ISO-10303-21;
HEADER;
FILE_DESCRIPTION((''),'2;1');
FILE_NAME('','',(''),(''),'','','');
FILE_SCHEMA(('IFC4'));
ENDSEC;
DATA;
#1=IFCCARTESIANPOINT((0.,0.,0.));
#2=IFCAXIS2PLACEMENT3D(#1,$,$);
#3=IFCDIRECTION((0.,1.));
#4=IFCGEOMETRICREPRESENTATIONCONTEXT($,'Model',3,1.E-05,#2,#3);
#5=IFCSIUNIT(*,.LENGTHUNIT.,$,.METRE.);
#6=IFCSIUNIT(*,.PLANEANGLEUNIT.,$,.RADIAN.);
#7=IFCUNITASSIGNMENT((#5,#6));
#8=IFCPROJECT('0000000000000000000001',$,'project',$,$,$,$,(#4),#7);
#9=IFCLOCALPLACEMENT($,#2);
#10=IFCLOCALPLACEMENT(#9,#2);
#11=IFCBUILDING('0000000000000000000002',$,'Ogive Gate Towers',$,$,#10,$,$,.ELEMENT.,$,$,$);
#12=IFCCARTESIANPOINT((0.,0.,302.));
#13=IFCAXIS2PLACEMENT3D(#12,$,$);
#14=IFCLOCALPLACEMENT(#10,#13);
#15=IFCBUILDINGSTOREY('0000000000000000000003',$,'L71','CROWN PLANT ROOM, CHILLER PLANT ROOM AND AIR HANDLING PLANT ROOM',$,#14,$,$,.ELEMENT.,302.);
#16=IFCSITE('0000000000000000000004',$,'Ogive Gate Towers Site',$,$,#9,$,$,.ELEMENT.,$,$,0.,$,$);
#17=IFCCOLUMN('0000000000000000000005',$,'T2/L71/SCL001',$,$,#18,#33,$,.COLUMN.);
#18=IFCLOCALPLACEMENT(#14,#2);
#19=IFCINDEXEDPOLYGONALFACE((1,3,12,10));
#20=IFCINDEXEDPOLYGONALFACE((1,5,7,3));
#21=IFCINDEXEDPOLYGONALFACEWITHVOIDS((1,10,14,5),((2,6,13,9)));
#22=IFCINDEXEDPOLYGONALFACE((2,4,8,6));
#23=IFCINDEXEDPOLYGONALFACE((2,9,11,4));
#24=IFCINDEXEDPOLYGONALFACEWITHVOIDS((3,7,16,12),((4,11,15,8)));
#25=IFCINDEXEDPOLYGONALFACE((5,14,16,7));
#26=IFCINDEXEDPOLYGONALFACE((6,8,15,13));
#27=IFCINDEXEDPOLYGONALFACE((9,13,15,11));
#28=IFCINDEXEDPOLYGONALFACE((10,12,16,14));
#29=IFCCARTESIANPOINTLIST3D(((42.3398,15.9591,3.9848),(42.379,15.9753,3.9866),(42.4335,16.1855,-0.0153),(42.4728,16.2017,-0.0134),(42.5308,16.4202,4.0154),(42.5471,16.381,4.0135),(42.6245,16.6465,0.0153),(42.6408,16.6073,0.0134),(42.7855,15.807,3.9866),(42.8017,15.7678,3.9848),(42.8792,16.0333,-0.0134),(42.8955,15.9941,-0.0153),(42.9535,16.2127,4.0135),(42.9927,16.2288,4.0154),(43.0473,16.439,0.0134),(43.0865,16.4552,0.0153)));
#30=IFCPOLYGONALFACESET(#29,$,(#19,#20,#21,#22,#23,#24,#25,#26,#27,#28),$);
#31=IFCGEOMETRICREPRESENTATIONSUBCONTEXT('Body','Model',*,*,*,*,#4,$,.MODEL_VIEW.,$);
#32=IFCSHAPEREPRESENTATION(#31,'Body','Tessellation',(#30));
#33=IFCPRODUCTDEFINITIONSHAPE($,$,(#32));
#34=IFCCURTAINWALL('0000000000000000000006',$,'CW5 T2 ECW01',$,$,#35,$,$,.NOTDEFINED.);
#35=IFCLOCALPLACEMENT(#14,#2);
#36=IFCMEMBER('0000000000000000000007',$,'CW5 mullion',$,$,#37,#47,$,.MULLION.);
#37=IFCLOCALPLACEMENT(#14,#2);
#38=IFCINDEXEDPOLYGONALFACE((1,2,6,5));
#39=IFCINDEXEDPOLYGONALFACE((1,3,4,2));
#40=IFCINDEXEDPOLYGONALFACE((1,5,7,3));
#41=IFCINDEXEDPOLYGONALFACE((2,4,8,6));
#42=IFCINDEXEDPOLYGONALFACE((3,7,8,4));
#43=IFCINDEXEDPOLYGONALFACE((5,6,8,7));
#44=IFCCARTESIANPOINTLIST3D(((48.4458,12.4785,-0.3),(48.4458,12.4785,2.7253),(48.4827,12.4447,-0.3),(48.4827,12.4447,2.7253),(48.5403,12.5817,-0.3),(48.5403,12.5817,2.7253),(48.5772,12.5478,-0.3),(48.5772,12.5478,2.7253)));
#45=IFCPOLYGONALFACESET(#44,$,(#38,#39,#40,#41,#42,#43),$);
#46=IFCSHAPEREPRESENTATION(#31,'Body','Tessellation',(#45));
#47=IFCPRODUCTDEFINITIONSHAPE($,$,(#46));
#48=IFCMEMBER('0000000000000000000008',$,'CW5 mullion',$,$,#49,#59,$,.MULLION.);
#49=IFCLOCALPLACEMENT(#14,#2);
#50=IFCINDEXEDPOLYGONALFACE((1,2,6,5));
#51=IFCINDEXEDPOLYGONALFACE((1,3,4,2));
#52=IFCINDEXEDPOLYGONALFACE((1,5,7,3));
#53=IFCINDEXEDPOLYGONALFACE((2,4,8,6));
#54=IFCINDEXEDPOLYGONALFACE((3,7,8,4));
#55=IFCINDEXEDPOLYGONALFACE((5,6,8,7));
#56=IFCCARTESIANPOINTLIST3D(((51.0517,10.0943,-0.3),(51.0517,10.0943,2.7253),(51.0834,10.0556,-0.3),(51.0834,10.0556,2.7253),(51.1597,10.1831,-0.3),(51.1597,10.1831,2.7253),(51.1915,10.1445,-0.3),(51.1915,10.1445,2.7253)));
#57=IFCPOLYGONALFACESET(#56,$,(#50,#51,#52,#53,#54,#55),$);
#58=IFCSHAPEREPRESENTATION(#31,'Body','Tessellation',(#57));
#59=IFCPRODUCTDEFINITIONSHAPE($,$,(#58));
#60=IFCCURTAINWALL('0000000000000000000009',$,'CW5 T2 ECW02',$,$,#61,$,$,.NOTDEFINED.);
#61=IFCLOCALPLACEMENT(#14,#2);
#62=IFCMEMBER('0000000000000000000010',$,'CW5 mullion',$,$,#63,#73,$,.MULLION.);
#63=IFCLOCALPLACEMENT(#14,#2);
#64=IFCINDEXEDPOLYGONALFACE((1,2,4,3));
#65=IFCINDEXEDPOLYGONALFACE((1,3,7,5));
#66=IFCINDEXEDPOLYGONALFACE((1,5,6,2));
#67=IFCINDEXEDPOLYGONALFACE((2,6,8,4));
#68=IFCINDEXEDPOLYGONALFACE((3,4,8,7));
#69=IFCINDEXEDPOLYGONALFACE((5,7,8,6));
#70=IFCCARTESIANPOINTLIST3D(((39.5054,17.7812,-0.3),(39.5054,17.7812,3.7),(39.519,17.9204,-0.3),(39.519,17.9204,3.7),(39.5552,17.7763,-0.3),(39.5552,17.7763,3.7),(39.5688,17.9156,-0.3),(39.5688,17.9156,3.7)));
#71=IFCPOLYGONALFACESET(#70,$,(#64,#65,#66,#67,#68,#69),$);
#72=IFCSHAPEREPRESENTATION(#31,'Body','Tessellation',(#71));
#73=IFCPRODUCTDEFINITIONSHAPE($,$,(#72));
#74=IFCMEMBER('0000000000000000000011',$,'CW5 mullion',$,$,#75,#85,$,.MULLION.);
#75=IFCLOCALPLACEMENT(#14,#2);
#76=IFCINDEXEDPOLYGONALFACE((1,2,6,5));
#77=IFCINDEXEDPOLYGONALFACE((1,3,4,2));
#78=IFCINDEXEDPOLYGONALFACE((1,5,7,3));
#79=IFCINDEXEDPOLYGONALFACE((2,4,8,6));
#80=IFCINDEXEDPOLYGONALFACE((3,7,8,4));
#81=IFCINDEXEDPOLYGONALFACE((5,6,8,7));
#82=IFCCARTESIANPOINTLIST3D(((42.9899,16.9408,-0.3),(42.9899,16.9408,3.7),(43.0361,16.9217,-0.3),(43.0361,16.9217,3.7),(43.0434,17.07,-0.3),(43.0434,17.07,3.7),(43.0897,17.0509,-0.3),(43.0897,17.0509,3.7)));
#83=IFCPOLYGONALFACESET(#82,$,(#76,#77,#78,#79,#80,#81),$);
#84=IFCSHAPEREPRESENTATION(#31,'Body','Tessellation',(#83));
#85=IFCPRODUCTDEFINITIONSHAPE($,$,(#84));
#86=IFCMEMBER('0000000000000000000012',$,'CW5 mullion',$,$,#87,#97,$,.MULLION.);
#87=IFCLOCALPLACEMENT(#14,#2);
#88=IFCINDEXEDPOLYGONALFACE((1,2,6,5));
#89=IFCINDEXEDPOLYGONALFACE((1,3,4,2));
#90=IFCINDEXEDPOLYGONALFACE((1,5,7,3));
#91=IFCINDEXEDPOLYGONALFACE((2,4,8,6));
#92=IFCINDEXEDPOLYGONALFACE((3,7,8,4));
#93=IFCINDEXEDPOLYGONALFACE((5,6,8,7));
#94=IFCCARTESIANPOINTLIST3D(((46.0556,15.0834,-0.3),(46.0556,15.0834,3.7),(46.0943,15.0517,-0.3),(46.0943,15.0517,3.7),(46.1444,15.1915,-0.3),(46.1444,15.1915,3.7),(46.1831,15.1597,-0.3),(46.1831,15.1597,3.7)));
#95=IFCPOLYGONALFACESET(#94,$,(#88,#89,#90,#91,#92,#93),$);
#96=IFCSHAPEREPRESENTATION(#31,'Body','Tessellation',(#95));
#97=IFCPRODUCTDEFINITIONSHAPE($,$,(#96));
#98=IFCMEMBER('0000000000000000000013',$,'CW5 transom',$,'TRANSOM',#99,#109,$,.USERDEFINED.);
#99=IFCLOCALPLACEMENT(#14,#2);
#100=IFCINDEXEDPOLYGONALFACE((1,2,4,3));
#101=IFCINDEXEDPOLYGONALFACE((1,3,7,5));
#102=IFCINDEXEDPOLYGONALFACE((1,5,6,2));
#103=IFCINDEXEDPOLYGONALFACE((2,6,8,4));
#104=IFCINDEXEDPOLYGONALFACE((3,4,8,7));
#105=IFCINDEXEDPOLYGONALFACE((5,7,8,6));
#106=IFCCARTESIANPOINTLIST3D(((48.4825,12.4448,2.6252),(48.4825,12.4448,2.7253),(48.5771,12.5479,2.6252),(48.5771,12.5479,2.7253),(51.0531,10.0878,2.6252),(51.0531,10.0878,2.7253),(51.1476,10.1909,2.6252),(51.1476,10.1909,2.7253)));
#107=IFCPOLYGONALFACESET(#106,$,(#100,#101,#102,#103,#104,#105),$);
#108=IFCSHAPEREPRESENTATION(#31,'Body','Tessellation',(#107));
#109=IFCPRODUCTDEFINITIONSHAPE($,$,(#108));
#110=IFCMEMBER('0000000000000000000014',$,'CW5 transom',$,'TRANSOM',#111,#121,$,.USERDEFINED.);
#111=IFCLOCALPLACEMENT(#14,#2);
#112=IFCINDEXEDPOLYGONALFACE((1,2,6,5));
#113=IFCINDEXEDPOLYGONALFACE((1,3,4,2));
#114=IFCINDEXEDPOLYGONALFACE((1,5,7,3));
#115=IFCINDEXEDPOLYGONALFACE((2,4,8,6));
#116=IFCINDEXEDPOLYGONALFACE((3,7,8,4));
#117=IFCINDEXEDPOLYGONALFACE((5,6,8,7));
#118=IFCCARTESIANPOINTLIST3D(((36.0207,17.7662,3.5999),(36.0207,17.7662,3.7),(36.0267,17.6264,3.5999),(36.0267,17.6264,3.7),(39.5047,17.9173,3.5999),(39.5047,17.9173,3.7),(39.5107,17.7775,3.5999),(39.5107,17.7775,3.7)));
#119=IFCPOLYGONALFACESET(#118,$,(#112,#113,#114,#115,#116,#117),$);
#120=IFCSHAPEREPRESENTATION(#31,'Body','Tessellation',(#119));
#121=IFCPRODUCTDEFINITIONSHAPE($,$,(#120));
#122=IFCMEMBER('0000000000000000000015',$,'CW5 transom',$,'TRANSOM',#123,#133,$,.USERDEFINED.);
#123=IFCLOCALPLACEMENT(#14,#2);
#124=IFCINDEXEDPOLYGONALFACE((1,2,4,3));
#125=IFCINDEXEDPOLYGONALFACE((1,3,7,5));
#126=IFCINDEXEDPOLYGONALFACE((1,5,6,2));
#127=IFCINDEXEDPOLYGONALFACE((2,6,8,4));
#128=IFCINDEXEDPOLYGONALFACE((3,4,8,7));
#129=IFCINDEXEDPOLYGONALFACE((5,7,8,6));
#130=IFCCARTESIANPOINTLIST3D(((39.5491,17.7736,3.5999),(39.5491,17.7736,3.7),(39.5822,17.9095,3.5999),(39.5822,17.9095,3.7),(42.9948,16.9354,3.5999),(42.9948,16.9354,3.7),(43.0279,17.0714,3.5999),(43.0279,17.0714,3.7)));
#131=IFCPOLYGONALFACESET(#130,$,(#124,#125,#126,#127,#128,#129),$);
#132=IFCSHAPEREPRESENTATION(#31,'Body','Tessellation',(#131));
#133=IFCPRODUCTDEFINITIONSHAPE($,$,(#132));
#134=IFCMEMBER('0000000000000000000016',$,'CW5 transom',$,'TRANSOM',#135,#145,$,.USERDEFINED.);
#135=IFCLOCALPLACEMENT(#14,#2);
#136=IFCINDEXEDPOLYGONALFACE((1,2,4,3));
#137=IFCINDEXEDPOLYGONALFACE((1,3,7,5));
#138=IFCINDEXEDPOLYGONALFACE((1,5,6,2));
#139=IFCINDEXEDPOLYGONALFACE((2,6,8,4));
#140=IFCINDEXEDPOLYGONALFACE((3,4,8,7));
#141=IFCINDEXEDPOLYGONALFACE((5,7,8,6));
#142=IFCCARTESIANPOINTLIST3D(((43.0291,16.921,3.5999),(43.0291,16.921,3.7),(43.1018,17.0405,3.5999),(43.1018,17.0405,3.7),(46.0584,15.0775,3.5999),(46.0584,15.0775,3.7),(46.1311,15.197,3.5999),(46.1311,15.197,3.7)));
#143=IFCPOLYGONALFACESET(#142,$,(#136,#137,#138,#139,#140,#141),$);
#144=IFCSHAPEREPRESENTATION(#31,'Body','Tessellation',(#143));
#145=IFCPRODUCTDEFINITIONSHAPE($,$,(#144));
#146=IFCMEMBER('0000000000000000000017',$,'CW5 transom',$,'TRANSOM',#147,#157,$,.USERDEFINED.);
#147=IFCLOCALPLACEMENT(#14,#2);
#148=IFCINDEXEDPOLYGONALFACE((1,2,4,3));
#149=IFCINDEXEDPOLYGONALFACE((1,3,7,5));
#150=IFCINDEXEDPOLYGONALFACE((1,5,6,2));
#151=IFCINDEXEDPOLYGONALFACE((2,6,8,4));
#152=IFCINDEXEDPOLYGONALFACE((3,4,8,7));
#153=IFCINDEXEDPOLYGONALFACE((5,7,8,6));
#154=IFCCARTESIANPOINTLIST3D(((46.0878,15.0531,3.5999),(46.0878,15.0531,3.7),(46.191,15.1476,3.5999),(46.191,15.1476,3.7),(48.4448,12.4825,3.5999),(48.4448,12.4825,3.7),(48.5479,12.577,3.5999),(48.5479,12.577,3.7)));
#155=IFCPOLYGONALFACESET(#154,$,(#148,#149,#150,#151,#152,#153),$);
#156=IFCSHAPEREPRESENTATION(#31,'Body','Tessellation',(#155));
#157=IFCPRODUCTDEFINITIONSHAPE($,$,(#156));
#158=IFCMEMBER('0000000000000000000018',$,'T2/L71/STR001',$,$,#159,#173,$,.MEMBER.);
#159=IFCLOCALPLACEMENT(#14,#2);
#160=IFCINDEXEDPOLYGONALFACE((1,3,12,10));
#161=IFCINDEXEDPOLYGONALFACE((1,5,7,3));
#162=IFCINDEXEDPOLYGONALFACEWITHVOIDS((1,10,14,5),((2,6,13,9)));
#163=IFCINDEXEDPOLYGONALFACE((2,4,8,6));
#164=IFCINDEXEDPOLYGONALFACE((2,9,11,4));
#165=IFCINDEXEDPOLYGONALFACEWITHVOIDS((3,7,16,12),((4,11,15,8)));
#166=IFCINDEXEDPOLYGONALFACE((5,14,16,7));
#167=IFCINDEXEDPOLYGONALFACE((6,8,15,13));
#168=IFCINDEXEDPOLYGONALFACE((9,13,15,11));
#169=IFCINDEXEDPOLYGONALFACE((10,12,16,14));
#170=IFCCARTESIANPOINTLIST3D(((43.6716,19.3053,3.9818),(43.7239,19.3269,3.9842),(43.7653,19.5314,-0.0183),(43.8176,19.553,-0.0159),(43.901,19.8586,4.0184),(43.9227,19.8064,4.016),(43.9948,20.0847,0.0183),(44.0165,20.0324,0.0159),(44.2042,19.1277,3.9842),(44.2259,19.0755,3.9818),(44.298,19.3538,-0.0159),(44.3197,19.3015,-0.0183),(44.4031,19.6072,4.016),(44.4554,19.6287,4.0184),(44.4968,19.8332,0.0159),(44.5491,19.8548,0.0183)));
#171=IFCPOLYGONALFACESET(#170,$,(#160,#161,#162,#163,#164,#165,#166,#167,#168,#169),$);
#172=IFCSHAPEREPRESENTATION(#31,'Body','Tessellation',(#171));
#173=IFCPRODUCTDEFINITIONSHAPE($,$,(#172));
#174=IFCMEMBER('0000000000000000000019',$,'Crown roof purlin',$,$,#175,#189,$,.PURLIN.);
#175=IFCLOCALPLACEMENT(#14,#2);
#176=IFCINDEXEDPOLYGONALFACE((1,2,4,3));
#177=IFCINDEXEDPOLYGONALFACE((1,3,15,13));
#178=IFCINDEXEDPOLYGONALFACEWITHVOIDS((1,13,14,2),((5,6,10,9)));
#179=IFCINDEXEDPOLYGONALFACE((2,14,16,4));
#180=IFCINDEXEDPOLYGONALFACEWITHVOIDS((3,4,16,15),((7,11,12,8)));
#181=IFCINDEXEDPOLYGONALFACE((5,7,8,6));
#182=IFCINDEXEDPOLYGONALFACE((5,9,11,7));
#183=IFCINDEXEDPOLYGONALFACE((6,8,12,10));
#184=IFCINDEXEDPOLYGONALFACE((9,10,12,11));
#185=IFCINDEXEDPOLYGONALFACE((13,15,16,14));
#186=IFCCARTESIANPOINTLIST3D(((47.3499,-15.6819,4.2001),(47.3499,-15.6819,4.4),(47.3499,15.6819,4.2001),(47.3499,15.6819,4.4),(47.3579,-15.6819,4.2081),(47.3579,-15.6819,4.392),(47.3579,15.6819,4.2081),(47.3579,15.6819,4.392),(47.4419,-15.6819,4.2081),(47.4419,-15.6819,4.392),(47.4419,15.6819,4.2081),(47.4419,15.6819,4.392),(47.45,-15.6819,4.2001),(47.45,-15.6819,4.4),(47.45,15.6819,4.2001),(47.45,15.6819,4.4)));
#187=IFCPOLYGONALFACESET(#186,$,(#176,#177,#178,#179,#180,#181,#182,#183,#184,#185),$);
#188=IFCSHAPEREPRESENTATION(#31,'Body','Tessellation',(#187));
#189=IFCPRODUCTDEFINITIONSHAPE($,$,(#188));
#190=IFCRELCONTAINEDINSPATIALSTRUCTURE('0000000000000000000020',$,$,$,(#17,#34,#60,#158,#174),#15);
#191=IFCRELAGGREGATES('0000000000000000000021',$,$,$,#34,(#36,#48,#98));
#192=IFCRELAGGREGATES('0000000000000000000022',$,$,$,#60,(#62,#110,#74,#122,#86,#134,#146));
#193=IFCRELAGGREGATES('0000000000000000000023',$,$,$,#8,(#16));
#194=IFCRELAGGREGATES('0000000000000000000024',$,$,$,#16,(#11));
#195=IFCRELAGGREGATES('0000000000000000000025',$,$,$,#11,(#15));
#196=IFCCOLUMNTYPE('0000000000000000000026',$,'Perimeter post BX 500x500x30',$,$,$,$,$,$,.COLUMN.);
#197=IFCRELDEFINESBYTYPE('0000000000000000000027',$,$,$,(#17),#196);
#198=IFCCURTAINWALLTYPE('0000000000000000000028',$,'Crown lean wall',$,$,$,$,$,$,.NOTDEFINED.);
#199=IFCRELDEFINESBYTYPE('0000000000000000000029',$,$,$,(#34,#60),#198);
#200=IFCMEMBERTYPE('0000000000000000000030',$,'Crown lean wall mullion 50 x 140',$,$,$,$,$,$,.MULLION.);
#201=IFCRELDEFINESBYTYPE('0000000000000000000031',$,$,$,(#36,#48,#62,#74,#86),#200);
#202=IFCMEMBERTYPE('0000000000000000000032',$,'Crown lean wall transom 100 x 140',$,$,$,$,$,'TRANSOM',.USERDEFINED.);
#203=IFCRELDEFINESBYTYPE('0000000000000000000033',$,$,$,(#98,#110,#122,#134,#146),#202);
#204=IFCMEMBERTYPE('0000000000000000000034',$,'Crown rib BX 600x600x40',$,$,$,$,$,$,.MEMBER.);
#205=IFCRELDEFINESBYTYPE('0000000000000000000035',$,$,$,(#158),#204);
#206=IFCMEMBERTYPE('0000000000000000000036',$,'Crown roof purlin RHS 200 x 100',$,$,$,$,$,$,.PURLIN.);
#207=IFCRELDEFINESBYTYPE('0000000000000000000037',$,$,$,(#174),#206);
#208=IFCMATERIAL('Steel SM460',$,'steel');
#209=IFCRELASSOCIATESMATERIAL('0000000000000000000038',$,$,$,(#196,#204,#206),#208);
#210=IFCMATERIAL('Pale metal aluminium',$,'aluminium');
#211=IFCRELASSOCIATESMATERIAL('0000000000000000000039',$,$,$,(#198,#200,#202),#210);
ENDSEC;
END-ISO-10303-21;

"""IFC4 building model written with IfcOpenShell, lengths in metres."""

from ifc_helpers import new_model, si_unit, direction, frame, origin, origin_2d, place, context, subcontext, project, spatial, rectangle, hollow_rectangle, extrude, material, material_profile, profile_set, type_object, element, aggregate, save


model = new_model("IFC4")

# Units and contexts
model_context = context("Model", 3, precision=1e-05, world=origin(), true_north=direction((0.0, 1.0)))
body_context = subcontext(model_context, "Body", "Model", "MODEL_VIEW")
ifc_project = project(units=[si_unit("LENGTHUNIT", "METRE"), si_unit("PLANEANGLEUNIT", "RADIAN")], contexts=[model_context])

# Site, building, storey
site_placement = place(None, origin())
site = spatial("IfcSite", under=ifc_project, at=site_placement, Name="Ogive Gate Towers Site", CompositionType="ELEMENT", RefElevation=0.0)
building_placement = place(site_placement, origin())
building = spatial("IfcBuilding", under=site, at=building_placement, Name="Ogive Gate Towers", CompositionType="ELEMENT")
storey_placement = place(building_placement, frame((0.0, 0.0, 302.0)))
storey = spatial("IfcBuildingStorey", under=building, at=storey_placement, Name="L71", Description="CROWN PLANT ROOM, CHILLER PLANT ROOM AND AIR HANDLING PLANT ROOM", CompositionType="ELEMENT", Elevation=302.0)

# Column
ifc_material_1 = material(Name="Steel SM460", Category="steel")
ifc_material_profile_1 = material_profile(ifc_material_1, hollow_rectangle(XDim=0.5, YDim=0.5, WallThickness=0.03, at=origin_2d()), Name="BX 500x500x30")
ifc_profile_set_1 = profile_set([ifc_material_profile_1], Name="Steel SM460")
column_type = type_object("IfcColumnType", Name="Perimeter post BX 500x500x30", PredefinedType="COLUMN", material=ifc_profile_set_1)
column_placement = place(storey_placement, frame((42.76, 16.3203, 0.0), z_axis=(-0.023394, -0.056474, 0.99813), x_axis=(0.923871, -0.382704, 0.0)))
element("IfcColumn", 1, at=column_placement, inside=storey, type_object=column_type, Name="T2/L71/SCL001", PredefinedType="COLUMN", context=body_context, shape_type="SweptSolid", body=[
    extrude(hollow_rectangle(XDim=0.5, YDim=0.5, WallThickness=0.03, at=origin_2d()), origin(), (0.0, 0.0, 1.0), 4.0076),
])

# Curtain walls, members
ifc_material_2 = material(Name="Pale metal aluminium", Category="aluminium")
curtain_wall_type = type_object("IfcCurtainWallType", Name="Crown lean wall", PredefinedType="NOTDEFINED", material=ifc_material_2)
curtain_wall_1_placement = place(storey_placement, origin())
curtain_wall_1 = element("IfcCurtainWall", 2, at=curtain_wall_1_placement, inside=storey, type_object=curtain_wall_type, Name="CW5 T2 ECW01", PredefinedType="NOTDEFINED")
ifc_material_profile_2 = material_profile(ifc_material_2, rectangle(XDim=0.1399, YDim=0.05, at=origin_2d()), Name="50 x 140 aluminium box")
ifc_profile_set_2 = profile_set([ifc_material_profile_2], Name="Pale metal aluminium")
member_type_1 = type_object("IfcMemberType", Name="Crown lean wall mullion 50 x 140", PredefinedType="MULLION", material=ifc_profile_set_2)
member_1_placement = place(storey_placement, frame((48.5115, 12.5132, -0.3), z_axis=(0.0, 0.0, 1.0), x_axis=(-0.675796, -0.737089, 0.0)))
member_1 = element("IfcMember", 3, at=member_1_placement, type_object=member_type_1, Name="CW5 mullion", PredefinedType="MULLION", context=body_context, shape_type="SweptSolid", body=[
    extrude(rectangle(XDim=0.1399, YDim=0.05, at=origin_2d()), origin(), (0.0, 0.0, 1.0), 3.0254),
])
member_2_placement = place(storey_placement, frame((51.1216, 10.1194, -0.3), z_axis=(0.0, 0.0, 1.0), x_axis=(-0.772678, -0.634798, 0.0)))
member_2 = element("IfcMember", 4, at=member_2_placement, type_object=member_type_1, Name="CW5 mullion", PredefinedType="MULLION", context=body_context, shape_type="SweptSolid", body=[
    extrude(rectangle(XDim=0.1399, YDim=0.05, at=origin_2d()), origin(), (0.0, 0.0, 1.0), 3.0254),
])
curtain_wall_2_placement = place(storey_placement, origin())
curtain_wall_2 = element("IfcCurtainWall", 5, at=curtain_wall_2_placement, inside=storey, type_object=curtain_wall_type, Name="CW5 T2 ECW02", PredefinedType="NOTDEFINED")
member_3_placement = place(storey_placement, frame((39.5371, 17.8484, -0.3), z_axis=(0.0, 0.0, 1.0), x_axis=(-0.097513, -0.995234, 0.0)))
member_3 = element("IfcMember", 6, at=member_3_placement, type_object=member_type_1, Name="CW5 mullion", PredefinedType="MULLION", context=body_context, shape_type="SweptSolid", body=[
    extrude(rectangle(XDim=0.1399, YDim=0.05, at=origin_2d()), origin(), (0.0, 0.0, 1.0), 4.0),
])
member_4_placement = place(storey_placement, frame((43.0398, 16.9958, -0.3), z_axis=(0.0, 0.0, 1.0), x_axis=(-0.382683, -0.92388, 0.0)))
member_4 = element("IfcMember", 7, at=member_4_placement, type_object=member_type_1, Name="CW5 mullion", PredefinedType="MULLION", context=body_context, shape_type="SweptSolid", body=[
    extrude(rectangle(XDim=0.1399, YDim=0.05, at=origin_2d()), origin(), (0.0, 0.0, 1.0), 4.0),
])
member_5_placement = place(storey_placement, frame((46.1194, 15.1216, -0.3), z_axis=(0.0, 0.0, 1.0), x_axis=(-0.634784, -0.772689, 0.0)))
member_5 = element("IfcMember", 8, at=member_5_placement, type_object=member_type_1, Name="CW5 mullion", PredefinedType="MULLION", context=body_context, shape_type="SweptSolid", body=[
    extrude(rectangle(XDim=0.1399, YDim=0.05, at=origin_2d()), origin(), (0.0, 0.0, 1.0), 4.0),
])

# Members
ifc_material_profile_3 = material_profile(ifc_material_2, rectangle(XDim=0.1399, YDim=0.1001, at=origin_2d()), Name="100 x 140 aluminium box")
ifc_profile_set_3 = profile_set([ifc_material_profile_3], Name="Pale metal aluminium")
member_type_2 = type_object("IfcMemberType", Name="Crown lean wall transom 100 x 140", ElementType="TRANSOM", PredefinedType="USERDEFINED", material=ifc_profile_set_3)
member_6_placement = place(storey_placement, frame((48.5298, 12.4963, 2.6753), z_axis=(0.73707, -0.675817, 0.0), x_axis=(0.675817, 0.73707, 0.0)))
member_6 = element("IfcMember", 9, at=member_6_placement, type_object=member_type_2, Name="CW5 transom", ObjectType="TRANSOM", PredefinedType="USERDEFINED", context=body_context, shape_type="SweptSolid", body=[
    extrude(rectangle(XDim=0.1399, YDim=0.1001, at=origin_2d()), origin(), (0.0, 0.0, 1.0), 3.4875),
])
member_7_placement = place(storey_placement, frame((36.0237, 17.6963, 3.6499), z_axis=(0.999061, 0.043334, 0.0), x_axis=(-0.043334, 0.999061, 0.0)))
member_7 = element("IfcMember", 10, at=member_7_placement, type_object=member_type_2, Name="CW5 transom", ObjectType="TRANSOM", PredefinedType="USERDEFINED", context=body_context, shape_type="SweptSolid", body=[
    extrude(rectangle(XDim=0.1399, YDim=0.1001, at=origin_2d()), origin(), (0.0, 0.0, 1.0), 3.4873),
])
member_8_placement = place(storey_placement, frame((39.5657, 17.8416, 3.6499), z_axis=(0.971666, -0.236359, 0.0), x_axis=(0.236359, 0.971666, 0.0)))
member_8 = element("IfcMember", 11, at=member_8_placement, type_object=member_type_2, Name="CW5 transom", ObjectType="TRANSOM", PredefinedType="USERDEFINED", context=body_context, shape_type="SweptSolid", body=[
    extrude(rectangle(XDim=0.1399, YDim=0.1001, at=origin_2d()), origin(), (0.0, 0.0, 1.0), 3.5461),
])
member_9_placement = place(storey_placement, frame((43.0654, 16.9807, 3.6499), z_axis=(0.85425, -0.519862, 0.0), x_axis=(0.519862, 0.85425, 0.0)))
member_9 = element("IfcMember", 12, at=member_9_placement, type_object=member_type_2, Name="CW5 transom", ObjectType="TRANSOM", PredefinedType="USERDEFINED", context=body_context, shape_type="SweptSolid", body=[
    extrude(rectangle(XDim=0.1399, YDim=0.1001, at=origin_2d()), origin(), (0.0, 0.0, 1.0), 3.5461),
])
member_10_placement = place(storey_placement, frame((46.1394, 15.1003, 3.6499), z_axis=(0.675817, -0.73707, 0.0), x_axis=(0.73707, 0.675817, 0.0)))
member_10 = element("IfcMember", 13, at=member_10_placement, type_object=member_type_2, Name="CW5 transom", ObjectType="TRANSOM", PredefinedType="USERDEFINED", context=body_context, shape_type="SweptSolid", body=[
    extrude(rectangle(XDim=0.1399, YDim=0.1001, at=origin_2d()), origin(), (0.0, 0.0, 1.0), 3.4875),
])

# Members
ifc_material_profile_4 = material_profile(ifc_material_1, hollow_rectangle(XDim=0.6001, YDim=0.6001, WallThickness=0.04, at=origin_2d()), Name="BX 600x600x40")
ifc_profile_set_4 = profile_set([ifc_material_profile_4], Name="Steel SM460")
member_type_3 = type_object("IfcMemberType", Name="Crown rib BX 600x600x40", PredefinedType="MEMBER", material=ifc_profile_set_4)
member_11_placement = place(storey_placement, frame((44.1572, 19.6931, 0.0), z_axis=(-0.023394, -0.056413, 0.998133), x_axis=(0.923725, -0.383057, 0.0)))
element("IfcMember", 14, at=member_11_placement, inside=storey, type_object=member_type_3, Name="T2/L71/STR001", PredefinedType="MEMBER", context=body_context, shape_type="SweptSolid", body=[
    extrude(hollow_rectangle(XDim=0.6001, YDim=0.6001, WallThickness=0.04, at=origin_2d()), origin(), (0.0, 0.0, 1.0), 4.0076),
])
ifc_material_profile_5 = material_profile(ifc_material_1, hollow_rectangle(XDim=0.1001, YDim=0.2, WallThickness=0.0081, at=origin_2d()), Name="RHS 200x100x8")
ifc_profile_set_5 = profile_set([ifc_material_profile_5], Name="Steel SM460")
member_type_4 = type_object("IfcMemberType", Name="Crown roof purlin RHS 200 x 100", PredefinedType="PURLIN", material=ifc_profile_set_5)
member_12_placement = place(storey_placement, frame((47.3999, 15.6819, 4.3), z_axis=(0.0, -1.0, 0.0), x_axis=(1.0, 0.0, 0.0)))
element("IfcMember", 15, at=member_12_placement, inside=storey, type_object=member_type_4, Name="Crown roof purlin", PredefinedType="PURLIN", context=body_context, shape_type="SweptSolid", body=[
    extrude(hollow_rectangle(XDim=0.1001, YDim=0.2, WallThickness=0.0081, at=origin_2d()), origin(), (0.0, 0.0, 1.0), 31.3638),
])

aggregate(curtain_wall_1, [member_1, member_2, member_6])
aggregate(curtain_wall_2, [member_3, member_7, member_4, member_8, member_5, member_9, member_10])

save(model, "model.ifc")
